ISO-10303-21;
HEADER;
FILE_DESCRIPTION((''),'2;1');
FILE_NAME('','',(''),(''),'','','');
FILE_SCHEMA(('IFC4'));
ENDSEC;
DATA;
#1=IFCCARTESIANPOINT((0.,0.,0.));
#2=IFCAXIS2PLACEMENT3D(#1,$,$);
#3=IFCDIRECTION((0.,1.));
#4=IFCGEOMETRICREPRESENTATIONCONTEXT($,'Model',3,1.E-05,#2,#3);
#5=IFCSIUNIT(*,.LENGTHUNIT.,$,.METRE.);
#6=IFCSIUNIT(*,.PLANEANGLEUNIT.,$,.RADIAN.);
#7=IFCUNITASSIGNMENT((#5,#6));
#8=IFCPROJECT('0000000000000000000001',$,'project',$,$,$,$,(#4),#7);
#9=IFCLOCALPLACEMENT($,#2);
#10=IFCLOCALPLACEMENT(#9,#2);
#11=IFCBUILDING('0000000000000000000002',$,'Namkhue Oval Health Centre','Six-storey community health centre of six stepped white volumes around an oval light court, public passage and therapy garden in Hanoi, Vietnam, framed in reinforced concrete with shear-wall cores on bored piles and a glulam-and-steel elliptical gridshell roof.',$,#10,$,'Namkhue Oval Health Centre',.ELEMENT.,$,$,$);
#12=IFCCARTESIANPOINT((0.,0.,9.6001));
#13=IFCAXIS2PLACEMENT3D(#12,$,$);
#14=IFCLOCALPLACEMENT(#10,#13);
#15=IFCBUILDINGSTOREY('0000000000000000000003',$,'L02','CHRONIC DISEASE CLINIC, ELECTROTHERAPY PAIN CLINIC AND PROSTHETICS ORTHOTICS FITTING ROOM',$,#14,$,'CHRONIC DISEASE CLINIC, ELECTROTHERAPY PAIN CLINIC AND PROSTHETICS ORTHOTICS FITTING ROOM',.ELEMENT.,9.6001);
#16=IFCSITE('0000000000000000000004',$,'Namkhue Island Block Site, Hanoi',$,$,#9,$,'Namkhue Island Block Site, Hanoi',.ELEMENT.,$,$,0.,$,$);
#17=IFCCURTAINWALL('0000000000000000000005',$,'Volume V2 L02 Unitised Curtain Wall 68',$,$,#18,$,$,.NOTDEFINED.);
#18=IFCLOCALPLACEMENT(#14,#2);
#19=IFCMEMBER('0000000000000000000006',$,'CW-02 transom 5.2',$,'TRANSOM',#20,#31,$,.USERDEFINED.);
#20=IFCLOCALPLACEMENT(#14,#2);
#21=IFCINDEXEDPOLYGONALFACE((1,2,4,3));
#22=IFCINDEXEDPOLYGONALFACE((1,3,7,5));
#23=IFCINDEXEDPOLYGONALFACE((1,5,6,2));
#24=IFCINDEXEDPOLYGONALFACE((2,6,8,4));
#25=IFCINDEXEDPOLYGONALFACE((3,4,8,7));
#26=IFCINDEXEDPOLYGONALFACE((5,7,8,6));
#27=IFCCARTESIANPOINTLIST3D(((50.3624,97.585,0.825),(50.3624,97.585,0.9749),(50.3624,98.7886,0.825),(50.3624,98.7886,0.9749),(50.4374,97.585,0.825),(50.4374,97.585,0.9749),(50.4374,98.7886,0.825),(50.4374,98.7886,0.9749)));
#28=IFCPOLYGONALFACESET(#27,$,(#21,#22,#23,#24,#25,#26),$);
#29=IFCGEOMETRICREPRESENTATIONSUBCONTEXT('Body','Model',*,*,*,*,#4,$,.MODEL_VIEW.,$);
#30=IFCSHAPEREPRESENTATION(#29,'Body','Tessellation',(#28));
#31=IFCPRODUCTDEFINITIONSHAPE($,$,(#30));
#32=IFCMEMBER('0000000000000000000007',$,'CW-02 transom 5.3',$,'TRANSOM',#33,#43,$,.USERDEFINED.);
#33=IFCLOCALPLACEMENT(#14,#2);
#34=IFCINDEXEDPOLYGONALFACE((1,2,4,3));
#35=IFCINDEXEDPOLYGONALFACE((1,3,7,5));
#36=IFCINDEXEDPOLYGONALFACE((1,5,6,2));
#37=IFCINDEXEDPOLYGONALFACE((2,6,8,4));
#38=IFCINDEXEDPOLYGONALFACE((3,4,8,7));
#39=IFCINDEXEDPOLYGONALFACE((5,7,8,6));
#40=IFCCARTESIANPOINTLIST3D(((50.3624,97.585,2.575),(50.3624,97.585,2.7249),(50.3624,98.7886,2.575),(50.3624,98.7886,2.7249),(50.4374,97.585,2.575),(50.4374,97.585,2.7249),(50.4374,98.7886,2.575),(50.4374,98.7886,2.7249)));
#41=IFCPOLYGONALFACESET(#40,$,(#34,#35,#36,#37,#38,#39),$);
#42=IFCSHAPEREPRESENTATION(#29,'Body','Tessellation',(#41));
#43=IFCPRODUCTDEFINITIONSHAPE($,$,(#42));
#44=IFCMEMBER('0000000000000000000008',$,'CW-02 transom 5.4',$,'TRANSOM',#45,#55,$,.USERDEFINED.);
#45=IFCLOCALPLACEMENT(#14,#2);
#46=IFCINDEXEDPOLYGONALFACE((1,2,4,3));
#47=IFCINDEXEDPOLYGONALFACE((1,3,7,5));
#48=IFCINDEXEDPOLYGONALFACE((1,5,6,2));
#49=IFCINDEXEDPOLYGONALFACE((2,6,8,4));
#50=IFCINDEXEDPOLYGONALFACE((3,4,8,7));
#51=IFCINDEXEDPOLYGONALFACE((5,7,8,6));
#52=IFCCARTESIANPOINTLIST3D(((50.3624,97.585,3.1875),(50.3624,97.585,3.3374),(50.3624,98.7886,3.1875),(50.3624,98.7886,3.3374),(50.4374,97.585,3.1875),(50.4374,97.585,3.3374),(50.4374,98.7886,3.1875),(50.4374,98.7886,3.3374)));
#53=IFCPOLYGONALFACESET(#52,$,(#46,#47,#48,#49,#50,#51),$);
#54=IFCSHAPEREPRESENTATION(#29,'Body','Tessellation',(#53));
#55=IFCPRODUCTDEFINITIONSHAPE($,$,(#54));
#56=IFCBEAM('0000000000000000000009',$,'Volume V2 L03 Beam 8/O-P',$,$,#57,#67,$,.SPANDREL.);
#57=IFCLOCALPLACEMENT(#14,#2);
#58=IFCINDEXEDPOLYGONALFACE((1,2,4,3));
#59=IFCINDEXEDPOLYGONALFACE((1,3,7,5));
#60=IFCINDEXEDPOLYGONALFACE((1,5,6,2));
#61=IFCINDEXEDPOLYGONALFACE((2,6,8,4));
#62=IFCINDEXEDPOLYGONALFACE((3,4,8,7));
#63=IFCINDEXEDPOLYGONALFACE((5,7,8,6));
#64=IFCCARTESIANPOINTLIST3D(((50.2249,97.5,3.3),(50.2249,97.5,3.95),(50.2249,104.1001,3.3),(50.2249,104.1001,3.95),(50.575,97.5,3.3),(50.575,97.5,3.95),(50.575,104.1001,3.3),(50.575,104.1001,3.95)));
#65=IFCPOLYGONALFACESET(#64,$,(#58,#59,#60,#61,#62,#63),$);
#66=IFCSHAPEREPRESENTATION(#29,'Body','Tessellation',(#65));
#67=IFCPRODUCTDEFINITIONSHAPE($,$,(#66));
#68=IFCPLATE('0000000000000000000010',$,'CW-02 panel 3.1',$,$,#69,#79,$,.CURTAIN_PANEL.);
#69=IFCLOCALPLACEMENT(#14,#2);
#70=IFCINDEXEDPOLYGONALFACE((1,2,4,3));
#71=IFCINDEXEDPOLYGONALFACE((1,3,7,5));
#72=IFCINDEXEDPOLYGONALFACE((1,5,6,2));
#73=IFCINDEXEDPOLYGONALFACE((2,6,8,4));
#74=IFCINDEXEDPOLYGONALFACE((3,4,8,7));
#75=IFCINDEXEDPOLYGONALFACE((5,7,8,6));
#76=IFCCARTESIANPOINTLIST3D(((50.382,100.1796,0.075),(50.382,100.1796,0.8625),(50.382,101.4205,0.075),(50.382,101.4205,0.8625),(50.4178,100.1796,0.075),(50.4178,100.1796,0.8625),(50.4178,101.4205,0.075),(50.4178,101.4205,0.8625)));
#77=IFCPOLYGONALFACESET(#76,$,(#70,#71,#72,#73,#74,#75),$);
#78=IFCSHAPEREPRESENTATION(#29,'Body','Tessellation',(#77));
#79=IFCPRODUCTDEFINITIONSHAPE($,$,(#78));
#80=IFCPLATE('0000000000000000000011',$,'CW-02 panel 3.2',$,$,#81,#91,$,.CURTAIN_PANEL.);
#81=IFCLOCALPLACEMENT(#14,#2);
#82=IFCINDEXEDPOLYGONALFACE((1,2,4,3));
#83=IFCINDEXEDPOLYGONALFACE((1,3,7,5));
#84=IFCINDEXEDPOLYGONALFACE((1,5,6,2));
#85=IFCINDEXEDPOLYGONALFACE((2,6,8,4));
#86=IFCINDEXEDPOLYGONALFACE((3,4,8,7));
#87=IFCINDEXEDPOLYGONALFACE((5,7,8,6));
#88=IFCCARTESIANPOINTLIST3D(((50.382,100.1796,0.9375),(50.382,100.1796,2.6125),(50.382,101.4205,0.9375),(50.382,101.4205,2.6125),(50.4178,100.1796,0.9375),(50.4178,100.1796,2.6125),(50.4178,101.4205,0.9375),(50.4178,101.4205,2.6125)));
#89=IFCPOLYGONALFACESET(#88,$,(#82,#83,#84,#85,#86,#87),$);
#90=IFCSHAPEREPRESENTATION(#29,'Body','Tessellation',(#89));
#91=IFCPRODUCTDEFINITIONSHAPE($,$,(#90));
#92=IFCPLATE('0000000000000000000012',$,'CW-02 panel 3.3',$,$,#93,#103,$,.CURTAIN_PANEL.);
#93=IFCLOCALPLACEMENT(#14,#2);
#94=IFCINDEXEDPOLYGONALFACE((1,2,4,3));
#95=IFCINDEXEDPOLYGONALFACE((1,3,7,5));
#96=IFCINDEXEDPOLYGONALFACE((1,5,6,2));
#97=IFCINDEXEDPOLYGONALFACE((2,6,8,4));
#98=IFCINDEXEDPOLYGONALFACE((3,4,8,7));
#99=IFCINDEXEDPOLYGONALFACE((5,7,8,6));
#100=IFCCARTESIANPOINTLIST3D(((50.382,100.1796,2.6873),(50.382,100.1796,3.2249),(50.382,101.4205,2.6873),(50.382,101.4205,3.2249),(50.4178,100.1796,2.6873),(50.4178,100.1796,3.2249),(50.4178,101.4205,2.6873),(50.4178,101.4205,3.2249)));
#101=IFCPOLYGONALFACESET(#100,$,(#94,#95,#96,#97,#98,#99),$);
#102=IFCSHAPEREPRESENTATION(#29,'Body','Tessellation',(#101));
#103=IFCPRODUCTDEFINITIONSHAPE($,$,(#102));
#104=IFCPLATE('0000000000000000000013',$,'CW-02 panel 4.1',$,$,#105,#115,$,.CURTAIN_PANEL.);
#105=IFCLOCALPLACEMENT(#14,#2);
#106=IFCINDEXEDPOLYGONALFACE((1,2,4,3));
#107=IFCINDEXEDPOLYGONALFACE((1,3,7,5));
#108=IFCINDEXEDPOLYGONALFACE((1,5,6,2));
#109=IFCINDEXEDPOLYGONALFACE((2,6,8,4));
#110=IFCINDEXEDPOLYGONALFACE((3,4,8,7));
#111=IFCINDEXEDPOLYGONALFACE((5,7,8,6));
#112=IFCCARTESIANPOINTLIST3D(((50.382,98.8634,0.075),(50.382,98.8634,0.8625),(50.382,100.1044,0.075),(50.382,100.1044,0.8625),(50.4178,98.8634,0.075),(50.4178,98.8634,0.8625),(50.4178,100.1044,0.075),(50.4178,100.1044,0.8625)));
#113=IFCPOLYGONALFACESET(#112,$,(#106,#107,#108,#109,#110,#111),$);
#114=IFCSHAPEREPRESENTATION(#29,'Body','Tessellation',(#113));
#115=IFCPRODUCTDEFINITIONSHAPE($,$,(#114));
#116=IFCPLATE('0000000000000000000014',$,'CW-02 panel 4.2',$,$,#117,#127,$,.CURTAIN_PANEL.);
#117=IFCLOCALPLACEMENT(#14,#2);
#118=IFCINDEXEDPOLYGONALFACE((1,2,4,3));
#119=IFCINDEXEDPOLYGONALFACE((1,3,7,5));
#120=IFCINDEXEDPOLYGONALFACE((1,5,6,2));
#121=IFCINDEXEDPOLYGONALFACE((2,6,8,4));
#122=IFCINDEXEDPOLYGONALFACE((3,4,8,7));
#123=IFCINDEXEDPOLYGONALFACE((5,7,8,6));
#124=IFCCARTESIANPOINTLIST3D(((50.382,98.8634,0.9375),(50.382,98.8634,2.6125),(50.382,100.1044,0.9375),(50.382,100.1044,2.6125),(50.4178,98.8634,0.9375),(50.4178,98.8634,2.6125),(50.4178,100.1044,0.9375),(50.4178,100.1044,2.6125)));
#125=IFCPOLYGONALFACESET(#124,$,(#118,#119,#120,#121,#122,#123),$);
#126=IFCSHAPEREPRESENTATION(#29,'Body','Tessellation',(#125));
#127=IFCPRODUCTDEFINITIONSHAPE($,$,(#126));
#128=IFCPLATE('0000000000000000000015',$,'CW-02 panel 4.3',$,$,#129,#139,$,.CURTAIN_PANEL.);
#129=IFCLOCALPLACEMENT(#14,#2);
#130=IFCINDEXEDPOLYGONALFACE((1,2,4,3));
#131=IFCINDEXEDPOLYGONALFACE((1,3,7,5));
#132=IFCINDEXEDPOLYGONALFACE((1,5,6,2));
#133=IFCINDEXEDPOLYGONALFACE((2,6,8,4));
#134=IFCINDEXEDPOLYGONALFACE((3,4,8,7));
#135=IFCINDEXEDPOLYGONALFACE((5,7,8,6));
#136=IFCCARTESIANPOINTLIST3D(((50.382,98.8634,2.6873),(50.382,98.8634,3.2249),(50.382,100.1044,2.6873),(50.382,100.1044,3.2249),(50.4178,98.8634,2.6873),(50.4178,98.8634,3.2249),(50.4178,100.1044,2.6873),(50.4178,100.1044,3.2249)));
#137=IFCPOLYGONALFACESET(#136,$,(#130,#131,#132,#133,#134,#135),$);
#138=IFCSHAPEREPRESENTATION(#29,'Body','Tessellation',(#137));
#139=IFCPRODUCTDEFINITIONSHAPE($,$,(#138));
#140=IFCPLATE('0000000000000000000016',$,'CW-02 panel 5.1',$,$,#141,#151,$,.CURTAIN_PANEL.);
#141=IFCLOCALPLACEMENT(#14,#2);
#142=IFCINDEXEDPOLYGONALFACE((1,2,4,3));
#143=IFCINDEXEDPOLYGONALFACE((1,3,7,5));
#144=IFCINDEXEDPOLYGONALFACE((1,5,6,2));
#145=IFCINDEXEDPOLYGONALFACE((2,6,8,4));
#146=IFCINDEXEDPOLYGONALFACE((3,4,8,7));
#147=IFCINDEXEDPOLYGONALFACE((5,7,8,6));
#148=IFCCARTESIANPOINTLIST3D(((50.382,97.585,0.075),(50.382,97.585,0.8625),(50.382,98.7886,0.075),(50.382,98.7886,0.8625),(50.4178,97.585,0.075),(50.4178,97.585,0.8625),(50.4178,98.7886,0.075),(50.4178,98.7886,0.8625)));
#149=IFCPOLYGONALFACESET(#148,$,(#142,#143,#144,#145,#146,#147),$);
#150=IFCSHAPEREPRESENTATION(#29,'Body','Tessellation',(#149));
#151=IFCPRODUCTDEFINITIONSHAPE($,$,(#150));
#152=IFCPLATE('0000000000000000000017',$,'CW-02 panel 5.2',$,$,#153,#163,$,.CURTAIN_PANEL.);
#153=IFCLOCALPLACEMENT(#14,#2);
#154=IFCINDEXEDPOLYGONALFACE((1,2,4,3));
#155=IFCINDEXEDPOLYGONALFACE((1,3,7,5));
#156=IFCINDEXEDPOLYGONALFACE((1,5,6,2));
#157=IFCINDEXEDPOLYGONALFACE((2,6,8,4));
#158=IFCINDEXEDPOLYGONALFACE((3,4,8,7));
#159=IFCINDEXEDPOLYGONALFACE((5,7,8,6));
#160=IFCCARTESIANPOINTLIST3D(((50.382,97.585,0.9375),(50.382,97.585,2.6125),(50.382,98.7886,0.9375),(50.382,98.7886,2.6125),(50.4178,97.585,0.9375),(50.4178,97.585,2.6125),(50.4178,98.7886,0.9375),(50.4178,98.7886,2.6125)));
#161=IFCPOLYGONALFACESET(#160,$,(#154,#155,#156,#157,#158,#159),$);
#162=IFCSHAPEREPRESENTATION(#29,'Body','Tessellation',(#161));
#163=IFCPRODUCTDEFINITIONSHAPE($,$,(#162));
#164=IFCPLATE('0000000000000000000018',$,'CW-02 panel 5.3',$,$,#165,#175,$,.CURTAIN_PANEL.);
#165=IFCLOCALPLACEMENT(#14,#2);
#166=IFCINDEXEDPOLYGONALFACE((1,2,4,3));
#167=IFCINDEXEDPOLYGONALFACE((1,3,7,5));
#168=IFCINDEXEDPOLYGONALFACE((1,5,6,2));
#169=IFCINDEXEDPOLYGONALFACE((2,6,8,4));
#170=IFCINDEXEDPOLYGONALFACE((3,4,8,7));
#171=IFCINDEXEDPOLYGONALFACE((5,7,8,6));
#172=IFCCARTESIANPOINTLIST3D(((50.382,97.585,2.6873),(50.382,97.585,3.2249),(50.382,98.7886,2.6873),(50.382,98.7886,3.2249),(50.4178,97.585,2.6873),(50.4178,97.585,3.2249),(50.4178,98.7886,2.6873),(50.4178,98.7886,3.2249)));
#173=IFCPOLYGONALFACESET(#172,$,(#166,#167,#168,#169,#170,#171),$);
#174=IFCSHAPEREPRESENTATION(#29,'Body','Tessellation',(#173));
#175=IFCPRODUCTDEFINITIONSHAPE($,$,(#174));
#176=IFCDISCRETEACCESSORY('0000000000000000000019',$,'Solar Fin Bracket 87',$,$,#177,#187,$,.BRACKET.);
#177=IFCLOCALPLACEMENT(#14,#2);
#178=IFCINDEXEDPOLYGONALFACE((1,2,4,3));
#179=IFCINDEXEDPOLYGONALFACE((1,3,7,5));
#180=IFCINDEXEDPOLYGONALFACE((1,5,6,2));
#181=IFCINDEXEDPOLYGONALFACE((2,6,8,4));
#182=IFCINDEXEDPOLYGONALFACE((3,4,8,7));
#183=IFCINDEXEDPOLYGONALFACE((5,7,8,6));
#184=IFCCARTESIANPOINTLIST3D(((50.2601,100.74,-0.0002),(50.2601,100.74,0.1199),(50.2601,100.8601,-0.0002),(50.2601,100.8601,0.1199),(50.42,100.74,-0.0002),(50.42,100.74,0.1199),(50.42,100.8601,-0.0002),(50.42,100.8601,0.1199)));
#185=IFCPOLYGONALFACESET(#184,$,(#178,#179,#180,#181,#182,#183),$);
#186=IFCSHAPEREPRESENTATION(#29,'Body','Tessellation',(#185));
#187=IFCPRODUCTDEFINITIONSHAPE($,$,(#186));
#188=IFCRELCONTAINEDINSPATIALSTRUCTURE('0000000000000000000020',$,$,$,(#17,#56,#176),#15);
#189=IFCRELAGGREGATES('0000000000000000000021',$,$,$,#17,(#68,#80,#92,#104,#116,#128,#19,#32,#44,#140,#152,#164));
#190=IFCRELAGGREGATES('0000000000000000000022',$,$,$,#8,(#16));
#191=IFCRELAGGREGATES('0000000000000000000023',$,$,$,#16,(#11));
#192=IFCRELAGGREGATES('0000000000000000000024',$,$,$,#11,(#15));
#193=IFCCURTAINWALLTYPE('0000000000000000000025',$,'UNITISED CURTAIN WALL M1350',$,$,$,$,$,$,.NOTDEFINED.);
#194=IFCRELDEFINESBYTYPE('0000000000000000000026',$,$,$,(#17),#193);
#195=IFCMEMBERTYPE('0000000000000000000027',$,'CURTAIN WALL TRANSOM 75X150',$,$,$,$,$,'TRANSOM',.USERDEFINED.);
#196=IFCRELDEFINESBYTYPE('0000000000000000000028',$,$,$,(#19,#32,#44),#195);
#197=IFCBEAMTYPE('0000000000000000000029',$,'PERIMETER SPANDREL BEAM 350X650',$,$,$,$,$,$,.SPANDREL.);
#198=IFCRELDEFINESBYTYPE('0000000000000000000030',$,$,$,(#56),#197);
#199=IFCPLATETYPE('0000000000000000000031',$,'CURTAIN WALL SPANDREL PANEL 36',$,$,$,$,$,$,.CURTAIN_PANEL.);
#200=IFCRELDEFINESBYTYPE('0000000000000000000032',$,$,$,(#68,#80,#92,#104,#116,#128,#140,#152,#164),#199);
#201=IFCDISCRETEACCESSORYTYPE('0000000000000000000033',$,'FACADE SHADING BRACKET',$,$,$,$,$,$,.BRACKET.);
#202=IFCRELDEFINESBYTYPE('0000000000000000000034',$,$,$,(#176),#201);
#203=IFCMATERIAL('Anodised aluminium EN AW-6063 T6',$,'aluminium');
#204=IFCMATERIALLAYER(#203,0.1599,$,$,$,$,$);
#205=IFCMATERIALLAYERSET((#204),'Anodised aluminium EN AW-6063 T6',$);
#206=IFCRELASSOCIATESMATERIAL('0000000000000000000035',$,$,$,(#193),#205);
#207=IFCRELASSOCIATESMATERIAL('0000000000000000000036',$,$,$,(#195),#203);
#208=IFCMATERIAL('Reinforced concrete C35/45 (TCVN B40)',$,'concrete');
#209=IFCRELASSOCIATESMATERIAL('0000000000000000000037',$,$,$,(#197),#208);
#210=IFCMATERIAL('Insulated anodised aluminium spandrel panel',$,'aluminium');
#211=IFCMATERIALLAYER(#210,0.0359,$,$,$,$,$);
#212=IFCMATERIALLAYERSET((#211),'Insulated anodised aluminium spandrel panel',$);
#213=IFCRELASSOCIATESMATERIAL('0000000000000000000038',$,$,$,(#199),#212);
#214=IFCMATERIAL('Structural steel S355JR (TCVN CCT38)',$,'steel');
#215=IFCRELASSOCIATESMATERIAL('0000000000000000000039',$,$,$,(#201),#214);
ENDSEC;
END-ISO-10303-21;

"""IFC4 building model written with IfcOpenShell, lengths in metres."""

from ifc_helpers import new_model, si_unit, direction, frame, origin, origin_2d, place, context, subcontext, project, spatial, rectangle, extrude, material, layer, layer_set, material_profile, profile_set, type_object, element, aggregate, save


model = new_model("IFC4")

# Units and contexts
model_context = context("Model", 3, precision=1e-05, world=origin(), true_north=direction((0.0, 1.0)))
body_context = subcontext(model_context, "Body", "Model", "MODEL_VIEW")
ifc_project = project(units=[si_unit("LENGTHUNIT", "METRE"), si_unit("PLANEANGLEUNIT", "RADIAN")], contexts=[model_context])

# Site, building, storey
site_placement = place(None, origin())
site = spatial("IfcSite", under=ifc_project, at=site_placement, Name="Namkhue Island Block Site, Hanoi", LongName="Namkhue Island Block Site, Hanoi", CompositionType="ELEMENT", RefElevation=0.0)
building_placement = place(site_placement, origin())
building = spatial("IfcBuilding", under=site, at=building_placement, Name="Namkhue Oval Health Centre", Description="Six-storey community health centre of six stepped white volumes around an oval light court, public passage and therapy garden in Hanoi, Vietnam, framed in reinforced concrete with shear-wall cores on bored piles and a glulam-and-steel elliptical gridshell roof.", LongName="Namkhue Oval Health Centre", CompositionType="ELEMENT")
storey_placement = place(building_placement, frame((0.0, 0.0, 9.6001)))
storey = spatial("IfcBuildingStorey", under=building, at=storey_placement, Name="L02", Description="CHRONIC DISEASE CLINIC, ELECTROTHERAPY PAIN CLINIC AND PROSTHETICS ORTHOTICS FITTING ROOM", LongName="CHRONIC DISEASE CLINIC, ELECTROTHERAPY PAIN CLINIC AND PROSTHETICS ORTHOTICS FITTING ROOM", CompositionType="ELEMENT", Elevation=9.6001)

# Shared definitions
ifc_material_1 = material(Name="Reinforced concrete C35/45 (TCVN B40)", Category="concrete")

# Curtain wall, members
ifc_material_2 = material(Name="Anodised aluminium EN AW-6063 T6", Category="aluminium")
ifc_layer_1 = layer(ifc_material_2, 0.1599)
ifc_layer_set_1 = layer_set([ifc_layer_1], Name="Anodised aluminium EN AW-6063 T6")
curtain_wall_type = type_object("IfcCurtainWallType", Name="UNITISED CURTAIN WALL M1350", PredefinedType="NOTDEFINED", material=ifc_layer_set_1)
curtain_wall_placement = place(storey_placement, origin())
curtain_wall = element("IfcCurtainWall", 1, at=curtain_wall_placement, inside=storey, type_object=curtain_wall_type, Name="Volume V2 L02 Unitised Curtain Wall 68", PredefinedType="NOTDEFINED")
ifc_material_profile_1 = material_profile(ifc_material_2, rectangle(XDim=0.075, YDim=0.1499, at=origin_2d()), Name="ALU 75x150")
ifc_profile_set_1 = profile_set([ifc_material_profile_1], Name="Anodised aluminium EN AW-6063 T6")
member_type_1 = type_object("IfcMemberType", Name="CURTAIN WALL TRANSOM 75X150", ElementType="TRANSOM", PredefinedType="USERDEFINED", material=ifc_profile_set_1)
member_1_placement = place(storey_placement, frame((50.3999, 98.7886, 0.8999), z_axis=(0.0, -1.0, 0.0), x_axis=(1.0, 0.0, 0.0)))
member_1 = element("IfcMember", 2, at=member_1_placement, type_object=member_type_1, Name="CW-02 transom 5.2", ObjectType="TRANSOM", PredefinedType="USERDEFINED", context=body_context, shape_type="SweptSolid", body=[
    extrude(rectangle(XDim=0.075, YDim=0.1499, at=origin_2d()), origin(), (0.0, 0.0, 1.0), 1.2036),
])
member_2_placement = place(storey_placement, frame((50.3999, 98.7886, 2.6499), z_axis=(0.0, -1.0, 0.0), x_axis=(1.0, 0.0, 0.0)))
member_2 = element("IfcMember", 3, at=member_2_placement, type_object=member_type_1, Name="CW-02 transom 5.3", ObjectType="TRANSOM", PredefinedType="USERDEFINED", context=body_context, shape_type="SweptSolid", body=[
    extrude(rectangle(XDim=0.075, YDim=0.1499, at=origin_2d()), origin(), (0.0, 0.0, 1.0), 1.2036),
])
member_3_placement = place(storey_placement, frame((50.3999, 98.7886, 3.2625), z_axis=(0.0, -1.0, 0.0), x_axis=(1.0, 0.0, 0.0)))
member_3 = element("IfcMember", 4, at=member_3_placement, type_object=member_type_1, Name="CW-02 transom 5.4", ObjectType="TRANSOM", PredefinedType="USERDEFINED", context=body_context, shape_type="SweptSolid", body=[
    extrude(rectangle(XDim=0.075, YDim=0.1499, at=origin_2d()), origin(), (0.0, 0.0, 1.0), 1.2036),
])

# Beam
ifc_material_profile_2 = material_profile(ifc_material_1, rectangle(XDim=0.3501, YDim=0.6499, at=origin_2d()), Name="RC 350x650")
ifc_profile_set_2 = profile_set([ifc_material_profile_2], Name="Reinforced concrete C35/45 (TCVN B40)")
beam_type = type_object("IfcBeamType", Name="PERIMETER SPANDREL BEAM 350X650", PredefinedType="SPANDREL", material=ifc_profile_set_2)
beam_placement = place(storey_placement, frame((50.3999, 97.5, 3.625), z_axis=(0.0, 1.0, 0.0), x_axis=(-1.0, 0.0, 0.0)))
element("IfcBeam", 5, at=beam_placement, inside=storey, type_object=beam_type, Name="Volume V2 L03 Beam 8/O-P", PredefinedType="SPANDREL", context=body_context, shape_type="SweptSolid", body=[
    extrude(rectangle(XDim=0.3501, YDim=0.6499, at=origin_2d()), origin(), (0.0, 0.0, 1.0), 6.6001),
])

# Plates
ifc_material_3 = material(Name="Insulated anodised aluminium spandrel panel", Category="aluminium")
ifc_layer_2 = layer(ifc_material_3, 0.0359)
ifc_layer_set_2 = layer_set([ifc_layer_2], Name="Insulated anodised aluminium spandrel panel")
plate_type = type_object("IfcPlateType", Name="CURTAIN WALL SPANDREL PANEL 36", PredefinedType="CURTAIN_PANEL", material=ifc_layer_set_2)
plate_1_placement = place(storey_placement, frame((50.3999, 100.8, 0.075), z_axis=(0.0, 0.0, 1.0), x_axis=(0.0, -1.0, 0.0)))
plate_1 = element("IfcPlate", 6, at=plate_1_placement, type_object=plate_type, Name="CW-02 panel 3.1", PredefinedType="CURTAIN_PANEL", context=body_context, shape_type="SweptSolid", body=[
    extrude(rectangle(XDim=1.241, YDim=0.0359, at=origin_2d()), origin(), (0.0, 0.0, 1.0), 0.7876),
])
plate_2_placement = place(storey_placement, frame((50.3999, 100.8, 0.9375), z_axis=(0.0, 0.0, 1.0), x_axis=(0.0, -1.0, 0.0)))
plate_2 = element("IfcPlate", 7, at=plate_2_placement, type_object=plate_type, Name="CW-02 panel 3.2", PredefinedType="CURTAIN_PANEL", context=body_context, shape_type="SweptSolid", body=[
    extrude(rectangle(XDim=1.241, YDim=0.0359, at=origin_2d()), origin(), (0.0, 0.0, 1.0), 1.675),
])
plate_3_placement = place(storey_placement, frame((50.3999, 100.8, 2.6873), z_axis=(0.0, 0.0, 1.0), x_axis=(0.0, -1.0, 0.0)))
plate_3 = element("IfcPlate", 8, at=plate_3_placement, type_object=plate_type, Name="CW-02 panel 3.3", PredefinedType="CURTAIN_PANEL", context=body_context, shape_type="SweptSolid", body=[
    extrude(rectangle(XDim=1.241, YDim=0.0359, at=origin_2d()), origin(), (0.0, 0.0, 1.0), 0.5376),
])
plate_4_placement = place(storey_placement, frame((50.3999, 99.4839, 0.075), z_axis=(0.0, 0.0, 1.0), x_axis=(0.0, -1.0, 0.0)))
plate_4 = element("IfcPlate", 9, at=plate_4_placement, type_object=plate_type, Name="CW-02 panel 4.1", PredefinedType="CURTAIN_PANEL", context=body_context, shape_type="SweptSolid", body=[
    extrude(rectangle(XDim=1.241, YDim=0.0359, at=origin_2d()), origin(), (0.0, 0.0, 1.0), 0.7876),
])
plate_5_placement = place(storey_placement, frame((50.3999, 99.4839, 0.9375), z_axis=(0.0, 0.0, 1.0), x_axis=(0.0, -1.0, 0.0)))
plate_5 = element("IfcPlate", 10, at=plate_5_placement, type_object=plate_type, Name="CW-02 panel 4.2", PredefinedType="CURTAIN_PANEL", context=body_context, shape_type="SweptSolid", body=[
    extrude(rectangle(XDim=1.241, YDim=0.0359, at=origin_2d()), origin(), (0.0, 0.0, 1.0), 1.675),
])
plate_6_placement = place(storey_placement, frame((50.3999, 99.4839, 2.6873), z_axis=(0.0, 0.0, 1.0), x_axis=(0.0, -1.0, 0.0)))
plate_6 = element("IfcPlate", 11, at=plate_6_placement, type_object=plate_type, Name="CW-02 panel 4.3", PredefinedType="CURTAIN_PANEL", context=body_context, shape_type="SweptSolid", body=[
    extrude(rectangle(XDim=1.241, YDim=0.0359, at=origin_2d()), origin(), (0.0, 0.0, 1.0), 0.5376),
])
plate_7_placement = place(storey_placement, frame((50.3999, 98.1868, 0.075), z_axis=(0.0, 0.0, 1.0), x_axis=(0.0, -1.0, 0.0)))
plate_7 = element("IfcPlate", 12, at=plate_7_placement, type_object=plate_type, Name="CW-02 panel 5.1", PredefinedType="CURTAIN_PANEL", context=body_context, shape_type="SweptSolid", body=[
    extrude(rectangle(XDim=1.2036, YDim=0.0359, at=origin_2d()), origin(), (0.0, 0.0, 1.0), 0.7876),
])
plate_8_placement = place(storey_placement, frame((50.3999, 98.1868, 0.9375), z_axis=(0.0, 0.0, 1.0), x_axis=(0.0, -1.0, 0.0)))
plate_8 = element("IfcPlate", 13, at=plate_8_placement, type_object=plate_type, Name="CW-02 panel 5.2", PredefinedType="CURTAIN_PANEL", context=body_context, shape_type="SweptSolid", body=[
    extrude(rectangle(XDim=1.2036, YDim=0.0359, at=origin_2d()), origin(), (0.0, 0.0, 1.0), 1.675),
])
plate_9_placement = place(storey_placement, frame((50.3999, 98.1868, 2.6873), z_axis=(0.0, 0.0, 1.0), x_axis=(0.0, -1.0, 0.0)))
plate_9 = element("IfcPlate", 14, at=plate_9_placement, type_object=plate_type, Name="CW-02 panel 5.3", PredefinedType="CURTAIN_PANEL", context=body_context, shape_type="SweptSolid", body=[
    extrude(rectangle(XDim=1.2036, YDim=0.0359, at=origin_2d()), origin(), (0.0, 0.0, 1.0), 0.5376),
])
aggregate(curtain_wall, [plate_1, plate_2, plate_3, plate_4, plate_5, plate_6, member_1, member_2, member_3, plate_7, plate_8, plate_9])

# Discrete accessory
ifc_material_4 = material(Name="Structural steel S355JR (TCVN CCT38)", Category="steel")
discrete_accessory_type = type_object("IfcDiscreteAccessoryType", Name="FACADE SHADING BRACKET", PredefinedType="BRACKET", material=ifc_material_4)
discrete_accessory_placement = place(storey_placement, frame((50.3401, 100.8, -0.0002), z_axis=(0.0, 0.0, 1.0), x_axis=(-1.0, 0.0, 0.0)))
element("IfcDiscreteAccessory", 15, at=discrete_accessory_placement, inside=storey, type_object=discrete_accessory_type, Name="Solar Fin Bracket 87", PredefinedType="BRACKET", context=body_context, shape_type="SweptSolid", body=[
    extrude(rectangle(XDim=0.1599, YDim=0.1201, at=origin_2d()), origin(), (0.0, 0.0, 1.0), 0.1201),
])

save(model, "model.ifc")
